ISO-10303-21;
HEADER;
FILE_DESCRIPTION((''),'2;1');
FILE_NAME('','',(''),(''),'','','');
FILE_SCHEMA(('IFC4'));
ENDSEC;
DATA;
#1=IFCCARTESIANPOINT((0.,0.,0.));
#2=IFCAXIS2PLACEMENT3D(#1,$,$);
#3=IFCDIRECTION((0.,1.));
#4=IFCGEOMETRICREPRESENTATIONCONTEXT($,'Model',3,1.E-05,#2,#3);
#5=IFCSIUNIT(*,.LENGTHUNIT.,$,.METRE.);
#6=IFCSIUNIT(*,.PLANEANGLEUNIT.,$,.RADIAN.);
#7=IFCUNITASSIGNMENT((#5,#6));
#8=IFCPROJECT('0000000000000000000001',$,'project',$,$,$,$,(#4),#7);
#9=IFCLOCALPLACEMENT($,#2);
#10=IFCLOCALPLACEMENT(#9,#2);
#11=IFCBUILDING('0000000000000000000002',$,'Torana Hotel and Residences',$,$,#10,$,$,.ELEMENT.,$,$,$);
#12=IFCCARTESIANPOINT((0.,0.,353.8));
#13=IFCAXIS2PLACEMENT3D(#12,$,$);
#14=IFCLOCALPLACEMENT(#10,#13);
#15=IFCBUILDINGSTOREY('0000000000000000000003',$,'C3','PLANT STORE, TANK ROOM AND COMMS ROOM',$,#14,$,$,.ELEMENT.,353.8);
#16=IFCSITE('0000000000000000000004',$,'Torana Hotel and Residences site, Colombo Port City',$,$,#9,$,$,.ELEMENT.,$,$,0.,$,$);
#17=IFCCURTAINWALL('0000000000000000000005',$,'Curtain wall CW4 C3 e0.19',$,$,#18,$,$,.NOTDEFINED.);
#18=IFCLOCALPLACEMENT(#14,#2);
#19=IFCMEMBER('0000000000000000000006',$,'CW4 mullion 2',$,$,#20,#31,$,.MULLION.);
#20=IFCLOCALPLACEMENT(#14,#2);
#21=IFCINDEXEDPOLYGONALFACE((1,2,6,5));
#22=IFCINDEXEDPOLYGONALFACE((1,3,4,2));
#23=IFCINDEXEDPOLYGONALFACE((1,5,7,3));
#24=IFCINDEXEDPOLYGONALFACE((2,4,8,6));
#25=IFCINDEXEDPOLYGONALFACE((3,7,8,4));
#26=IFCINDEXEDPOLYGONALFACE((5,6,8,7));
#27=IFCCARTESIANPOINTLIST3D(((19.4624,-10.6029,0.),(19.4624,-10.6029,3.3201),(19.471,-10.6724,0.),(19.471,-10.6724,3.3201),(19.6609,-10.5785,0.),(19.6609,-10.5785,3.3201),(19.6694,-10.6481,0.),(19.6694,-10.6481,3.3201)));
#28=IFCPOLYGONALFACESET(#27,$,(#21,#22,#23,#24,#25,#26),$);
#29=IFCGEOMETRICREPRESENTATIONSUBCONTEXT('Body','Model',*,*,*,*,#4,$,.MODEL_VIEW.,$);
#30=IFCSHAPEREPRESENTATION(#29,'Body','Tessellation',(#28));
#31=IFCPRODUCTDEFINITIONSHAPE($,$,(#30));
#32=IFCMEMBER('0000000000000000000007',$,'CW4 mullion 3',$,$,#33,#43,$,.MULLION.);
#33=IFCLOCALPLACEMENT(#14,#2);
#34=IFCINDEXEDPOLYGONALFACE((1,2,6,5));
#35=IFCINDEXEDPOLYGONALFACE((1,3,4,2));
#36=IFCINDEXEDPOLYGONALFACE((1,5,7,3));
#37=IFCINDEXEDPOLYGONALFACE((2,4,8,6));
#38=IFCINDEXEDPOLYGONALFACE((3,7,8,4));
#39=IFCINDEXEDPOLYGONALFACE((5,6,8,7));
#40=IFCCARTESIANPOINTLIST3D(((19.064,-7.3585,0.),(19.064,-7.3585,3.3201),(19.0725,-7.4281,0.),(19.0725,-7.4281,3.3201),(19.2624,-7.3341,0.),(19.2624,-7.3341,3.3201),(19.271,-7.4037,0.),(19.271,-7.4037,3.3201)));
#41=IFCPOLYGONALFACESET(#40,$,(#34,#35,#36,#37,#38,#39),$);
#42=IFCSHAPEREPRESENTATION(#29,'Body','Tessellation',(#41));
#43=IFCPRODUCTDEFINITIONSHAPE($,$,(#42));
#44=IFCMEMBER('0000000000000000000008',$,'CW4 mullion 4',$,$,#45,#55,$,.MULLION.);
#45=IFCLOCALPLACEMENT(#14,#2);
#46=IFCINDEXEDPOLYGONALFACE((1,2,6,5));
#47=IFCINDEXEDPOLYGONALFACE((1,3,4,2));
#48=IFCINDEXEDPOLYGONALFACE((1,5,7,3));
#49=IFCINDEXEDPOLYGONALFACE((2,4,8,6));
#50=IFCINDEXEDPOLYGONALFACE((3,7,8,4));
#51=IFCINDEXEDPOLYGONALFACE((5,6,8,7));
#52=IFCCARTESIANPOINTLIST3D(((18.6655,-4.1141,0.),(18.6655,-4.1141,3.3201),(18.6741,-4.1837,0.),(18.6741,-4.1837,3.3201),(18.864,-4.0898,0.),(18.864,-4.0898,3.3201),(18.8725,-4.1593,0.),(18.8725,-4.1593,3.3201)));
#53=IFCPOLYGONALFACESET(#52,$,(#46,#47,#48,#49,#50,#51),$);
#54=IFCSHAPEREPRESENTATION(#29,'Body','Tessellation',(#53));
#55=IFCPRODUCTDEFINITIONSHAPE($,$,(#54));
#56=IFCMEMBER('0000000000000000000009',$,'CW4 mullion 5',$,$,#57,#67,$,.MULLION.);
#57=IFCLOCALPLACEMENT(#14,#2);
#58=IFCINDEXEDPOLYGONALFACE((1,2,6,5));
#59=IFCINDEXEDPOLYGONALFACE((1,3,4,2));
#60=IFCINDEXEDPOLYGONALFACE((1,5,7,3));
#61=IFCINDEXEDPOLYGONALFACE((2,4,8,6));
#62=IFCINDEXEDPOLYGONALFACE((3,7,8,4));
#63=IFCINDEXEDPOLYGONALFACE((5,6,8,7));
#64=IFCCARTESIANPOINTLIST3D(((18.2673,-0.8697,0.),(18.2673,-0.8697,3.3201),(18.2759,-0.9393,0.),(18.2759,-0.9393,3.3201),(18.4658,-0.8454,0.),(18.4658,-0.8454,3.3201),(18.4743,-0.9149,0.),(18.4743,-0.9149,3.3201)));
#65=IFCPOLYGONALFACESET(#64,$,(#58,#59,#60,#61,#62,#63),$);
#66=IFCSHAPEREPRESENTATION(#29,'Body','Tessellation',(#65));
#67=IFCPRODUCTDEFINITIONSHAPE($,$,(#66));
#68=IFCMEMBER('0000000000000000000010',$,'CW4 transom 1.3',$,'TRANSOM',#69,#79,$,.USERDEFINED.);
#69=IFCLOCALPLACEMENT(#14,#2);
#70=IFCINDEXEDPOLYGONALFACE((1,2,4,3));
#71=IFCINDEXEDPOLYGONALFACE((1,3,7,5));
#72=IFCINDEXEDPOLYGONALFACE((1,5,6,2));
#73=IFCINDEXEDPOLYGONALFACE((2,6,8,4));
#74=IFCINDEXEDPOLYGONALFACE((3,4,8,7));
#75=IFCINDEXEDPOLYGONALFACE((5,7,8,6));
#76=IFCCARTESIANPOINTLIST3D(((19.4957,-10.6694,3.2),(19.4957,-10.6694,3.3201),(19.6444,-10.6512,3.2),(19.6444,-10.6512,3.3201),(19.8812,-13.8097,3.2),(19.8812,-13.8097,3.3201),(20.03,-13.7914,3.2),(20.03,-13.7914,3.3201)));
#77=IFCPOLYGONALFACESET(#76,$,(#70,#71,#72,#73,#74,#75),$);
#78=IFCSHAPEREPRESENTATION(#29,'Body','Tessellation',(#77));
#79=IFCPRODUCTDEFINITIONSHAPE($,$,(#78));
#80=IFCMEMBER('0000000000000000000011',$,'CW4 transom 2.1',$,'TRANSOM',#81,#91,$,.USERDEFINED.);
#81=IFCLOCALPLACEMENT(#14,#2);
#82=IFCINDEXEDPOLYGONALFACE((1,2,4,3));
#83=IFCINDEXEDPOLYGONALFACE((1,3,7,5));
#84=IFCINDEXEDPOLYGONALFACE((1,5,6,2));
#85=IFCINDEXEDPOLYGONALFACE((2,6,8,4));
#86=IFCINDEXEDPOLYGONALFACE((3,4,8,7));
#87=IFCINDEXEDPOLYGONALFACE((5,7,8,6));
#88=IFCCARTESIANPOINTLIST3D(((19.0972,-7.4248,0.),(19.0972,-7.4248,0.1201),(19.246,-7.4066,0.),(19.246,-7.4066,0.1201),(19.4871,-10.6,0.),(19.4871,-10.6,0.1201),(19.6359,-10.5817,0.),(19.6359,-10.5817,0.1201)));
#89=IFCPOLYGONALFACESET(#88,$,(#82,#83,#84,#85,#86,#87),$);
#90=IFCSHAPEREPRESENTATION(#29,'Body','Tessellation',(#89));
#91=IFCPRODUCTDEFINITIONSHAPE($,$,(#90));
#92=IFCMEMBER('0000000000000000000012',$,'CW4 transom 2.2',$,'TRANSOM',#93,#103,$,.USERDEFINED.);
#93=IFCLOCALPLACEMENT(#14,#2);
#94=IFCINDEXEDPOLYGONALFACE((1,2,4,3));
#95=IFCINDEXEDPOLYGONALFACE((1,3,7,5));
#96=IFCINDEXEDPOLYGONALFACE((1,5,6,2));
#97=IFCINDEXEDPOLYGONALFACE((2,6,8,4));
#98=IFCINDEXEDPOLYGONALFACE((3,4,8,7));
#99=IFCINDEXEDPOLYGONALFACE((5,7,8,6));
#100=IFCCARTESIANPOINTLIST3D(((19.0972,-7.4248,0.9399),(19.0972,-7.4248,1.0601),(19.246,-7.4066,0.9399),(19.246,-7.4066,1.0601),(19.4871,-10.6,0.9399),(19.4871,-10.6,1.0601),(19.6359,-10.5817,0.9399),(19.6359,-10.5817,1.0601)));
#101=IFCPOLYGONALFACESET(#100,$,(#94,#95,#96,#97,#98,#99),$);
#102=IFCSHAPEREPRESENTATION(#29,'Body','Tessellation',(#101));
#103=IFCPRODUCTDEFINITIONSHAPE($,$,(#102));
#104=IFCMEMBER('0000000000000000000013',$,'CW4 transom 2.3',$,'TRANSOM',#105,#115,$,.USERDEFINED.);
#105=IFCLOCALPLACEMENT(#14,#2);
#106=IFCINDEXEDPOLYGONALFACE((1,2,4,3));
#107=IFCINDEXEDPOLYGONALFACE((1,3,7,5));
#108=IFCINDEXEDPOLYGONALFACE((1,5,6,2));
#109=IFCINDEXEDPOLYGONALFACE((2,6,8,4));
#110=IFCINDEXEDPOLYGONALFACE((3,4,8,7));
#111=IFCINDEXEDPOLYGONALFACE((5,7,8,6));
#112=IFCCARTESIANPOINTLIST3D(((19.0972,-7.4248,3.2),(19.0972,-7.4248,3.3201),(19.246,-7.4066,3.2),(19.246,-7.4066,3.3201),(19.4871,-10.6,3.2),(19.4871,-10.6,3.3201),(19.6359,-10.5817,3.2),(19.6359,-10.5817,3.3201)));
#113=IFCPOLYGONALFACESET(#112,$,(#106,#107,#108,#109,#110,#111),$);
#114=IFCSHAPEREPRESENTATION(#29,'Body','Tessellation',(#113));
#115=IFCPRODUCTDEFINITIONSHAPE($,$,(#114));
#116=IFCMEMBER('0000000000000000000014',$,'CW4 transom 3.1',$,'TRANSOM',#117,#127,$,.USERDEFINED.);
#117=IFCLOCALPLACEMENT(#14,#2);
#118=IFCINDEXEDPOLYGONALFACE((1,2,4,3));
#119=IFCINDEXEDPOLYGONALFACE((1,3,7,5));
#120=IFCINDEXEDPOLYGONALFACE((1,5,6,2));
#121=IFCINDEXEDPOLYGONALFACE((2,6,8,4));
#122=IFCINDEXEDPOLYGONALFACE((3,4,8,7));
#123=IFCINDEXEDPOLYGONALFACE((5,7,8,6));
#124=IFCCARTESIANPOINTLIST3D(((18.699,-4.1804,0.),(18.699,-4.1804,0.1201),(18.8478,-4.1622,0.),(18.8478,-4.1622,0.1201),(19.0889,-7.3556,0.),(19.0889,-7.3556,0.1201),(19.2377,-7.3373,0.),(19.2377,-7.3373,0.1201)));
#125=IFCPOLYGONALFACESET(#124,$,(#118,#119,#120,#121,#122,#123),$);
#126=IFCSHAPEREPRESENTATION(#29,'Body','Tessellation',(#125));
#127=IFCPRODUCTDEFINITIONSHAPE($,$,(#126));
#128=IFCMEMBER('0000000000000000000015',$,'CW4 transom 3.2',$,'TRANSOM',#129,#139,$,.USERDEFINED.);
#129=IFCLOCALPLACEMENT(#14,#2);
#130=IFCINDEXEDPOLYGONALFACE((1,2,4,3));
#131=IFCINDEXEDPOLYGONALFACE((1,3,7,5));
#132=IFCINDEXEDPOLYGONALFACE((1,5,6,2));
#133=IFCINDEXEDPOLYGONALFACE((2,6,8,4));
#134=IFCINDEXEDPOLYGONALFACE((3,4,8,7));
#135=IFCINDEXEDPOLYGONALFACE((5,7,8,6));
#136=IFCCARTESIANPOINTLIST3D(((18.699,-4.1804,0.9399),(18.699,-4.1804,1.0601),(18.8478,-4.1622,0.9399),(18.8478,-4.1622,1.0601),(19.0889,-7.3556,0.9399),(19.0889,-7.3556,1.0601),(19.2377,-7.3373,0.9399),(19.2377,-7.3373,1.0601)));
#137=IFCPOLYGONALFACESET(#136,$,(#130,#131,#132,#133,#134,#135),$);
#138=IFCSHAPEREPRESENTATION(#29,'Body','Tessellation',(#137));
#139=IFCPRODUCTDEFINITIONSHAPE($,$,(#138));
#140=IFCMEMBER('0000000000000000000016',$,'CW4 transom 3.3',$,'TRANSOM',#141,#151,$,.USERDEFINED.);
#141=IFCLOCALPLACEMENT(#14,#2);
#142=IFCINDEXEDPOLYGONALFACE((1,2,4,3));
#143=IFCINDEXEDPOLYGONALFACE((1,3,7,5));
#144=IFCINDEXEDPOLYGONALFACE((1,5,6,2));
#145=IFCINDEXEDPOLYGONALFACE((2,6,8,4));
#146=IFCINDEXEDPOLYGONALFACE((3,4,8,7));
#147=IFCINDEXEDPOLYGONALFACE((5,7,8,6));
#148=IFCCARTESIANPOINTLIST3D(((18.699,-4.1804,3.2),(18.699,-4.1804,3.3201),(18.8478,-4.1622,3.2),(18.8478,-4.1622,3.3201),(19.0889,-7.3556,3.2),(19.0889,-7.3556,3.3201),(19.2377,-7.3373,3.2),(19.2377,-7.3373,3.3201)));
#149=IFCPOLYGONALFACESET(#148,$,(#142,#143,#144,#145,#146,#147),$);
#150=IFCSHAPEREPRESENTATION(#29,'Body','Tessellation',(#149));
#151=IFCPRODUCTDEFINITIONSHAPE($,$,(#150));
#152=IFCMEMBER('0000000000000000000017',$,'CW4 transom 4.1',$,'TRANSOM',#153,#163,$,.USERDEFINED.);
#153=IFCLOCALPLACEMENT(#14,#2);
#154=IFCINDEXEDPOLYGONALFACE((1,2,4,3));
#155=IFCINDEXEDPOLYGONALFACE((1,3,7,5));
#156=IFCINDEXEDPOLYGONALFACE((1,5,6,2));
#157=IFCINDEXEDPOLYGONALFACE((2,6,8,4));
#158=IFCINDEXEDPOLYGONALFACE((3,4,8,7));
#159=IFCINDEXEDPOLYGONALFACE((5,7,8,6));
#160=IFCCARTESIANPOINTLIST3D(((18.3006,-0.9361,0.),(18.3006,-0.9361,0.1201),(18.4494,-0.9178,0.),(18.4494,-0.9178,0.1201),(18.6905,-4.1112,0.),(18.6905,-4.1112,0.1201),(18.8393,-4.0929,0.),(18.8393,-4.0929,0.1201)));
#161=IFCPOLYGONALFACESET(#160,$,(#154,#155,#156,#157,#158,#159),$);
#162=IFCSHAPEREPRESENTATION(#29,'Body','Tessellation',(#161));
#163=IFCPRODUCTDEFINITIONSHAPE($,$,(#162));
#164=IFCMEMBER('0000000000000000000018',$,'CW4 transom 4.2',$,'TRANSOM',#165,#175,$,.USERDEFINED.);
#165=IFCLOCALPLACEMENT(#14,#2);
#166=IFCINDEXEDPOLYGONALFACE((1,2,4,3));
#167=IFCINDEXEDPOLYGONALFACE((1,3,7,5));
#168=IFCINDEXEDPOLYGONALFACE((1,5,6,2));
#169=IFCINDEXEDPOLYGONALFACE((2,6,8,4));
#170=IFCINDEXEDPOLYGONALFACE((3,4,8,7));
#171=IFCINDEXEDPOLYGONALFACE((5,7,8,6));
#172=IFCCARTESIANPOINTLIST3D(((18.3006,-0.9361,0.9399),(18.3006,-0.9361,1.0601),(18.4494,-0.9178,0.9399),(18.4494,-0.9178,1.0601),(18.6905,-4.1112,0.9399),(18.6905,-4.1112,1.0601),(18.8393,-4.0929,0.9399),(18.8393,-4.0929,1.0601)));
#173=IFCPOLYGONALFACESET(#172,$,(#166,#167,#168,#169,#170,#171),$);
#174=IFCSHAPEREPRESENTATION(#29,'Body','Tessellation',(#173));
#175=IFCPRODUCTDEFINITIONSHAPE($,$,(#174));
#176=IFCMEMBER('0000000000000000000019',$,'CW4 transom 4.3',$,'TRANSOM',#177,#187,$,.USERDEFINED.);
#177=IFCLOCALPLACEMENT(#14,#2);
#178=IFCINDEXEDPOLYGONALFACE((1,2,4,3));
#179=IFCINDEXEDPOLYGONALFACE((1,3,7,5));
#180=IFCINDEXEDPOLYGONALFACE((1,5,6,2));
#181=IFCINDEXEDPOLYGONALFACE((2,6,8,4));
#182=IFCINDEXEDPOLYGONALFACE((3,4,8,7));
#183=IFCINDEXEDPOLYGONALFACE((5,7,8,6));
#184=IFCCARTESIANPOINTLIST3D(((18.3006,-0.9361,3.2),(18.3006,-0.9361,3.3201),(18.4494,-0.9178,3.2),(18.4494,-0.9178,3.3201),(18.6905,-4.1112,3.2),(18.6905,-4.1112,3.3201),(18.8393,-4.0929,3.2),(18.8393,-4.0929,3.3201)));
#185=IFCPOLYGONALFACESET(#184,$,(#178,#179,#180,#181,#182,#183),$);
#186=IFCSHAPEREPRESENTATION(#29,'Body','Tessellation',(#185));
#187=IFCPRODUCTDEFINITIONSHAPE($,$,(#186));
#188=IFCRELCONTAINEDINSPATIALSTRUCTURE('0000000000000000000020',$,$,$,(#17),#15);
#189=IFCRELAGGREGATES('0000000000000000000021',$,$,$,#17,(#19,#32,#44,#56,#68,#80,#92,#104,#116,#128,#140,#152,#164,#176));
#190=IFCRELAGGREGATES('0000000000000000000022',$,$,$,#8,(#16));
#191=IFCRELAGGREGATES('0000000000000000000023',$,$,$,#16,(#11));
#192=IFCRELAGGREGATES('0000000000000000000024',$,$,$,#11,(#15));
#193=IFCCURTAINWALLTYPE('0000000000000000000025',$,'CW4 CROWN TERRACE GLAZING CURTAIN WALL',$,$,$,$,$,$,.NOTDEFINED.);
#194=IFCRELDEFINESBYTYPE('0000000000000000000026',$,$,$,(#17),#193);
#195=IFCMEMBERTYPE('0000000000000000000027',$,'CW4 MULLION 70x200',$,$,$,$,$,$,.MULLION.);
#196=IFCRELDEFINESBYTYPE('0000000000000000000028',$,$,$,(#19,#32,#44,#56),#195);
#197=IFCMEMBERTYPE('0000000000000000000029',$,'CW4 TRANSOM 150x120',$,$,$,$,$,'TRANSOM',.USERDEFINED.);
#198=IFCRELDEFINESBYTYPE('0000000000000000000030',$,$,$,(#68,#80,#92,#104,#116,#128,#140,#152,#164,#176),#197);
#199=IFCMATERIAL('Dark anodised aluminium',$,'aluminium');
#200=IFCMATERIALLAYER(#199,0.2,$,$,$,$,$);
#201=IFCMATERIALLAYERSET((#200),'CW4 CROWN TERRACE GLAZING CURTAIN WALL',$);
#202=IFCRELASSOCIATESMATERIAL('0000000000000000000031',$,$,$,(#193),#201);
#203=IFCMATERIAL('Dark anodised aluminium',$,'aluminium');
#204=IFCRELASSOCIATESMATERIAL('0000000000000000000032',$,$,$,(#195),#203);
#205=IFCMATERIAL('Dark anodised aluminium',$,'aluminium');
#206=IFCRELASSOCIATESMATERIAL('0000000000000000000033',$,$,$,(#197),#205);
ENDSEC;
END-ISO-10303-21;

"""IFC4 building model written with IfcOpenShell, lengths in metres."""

from ifc_helpers import new_model, si_unit, direction, frame, origin, origin_2d, place, context, subcontext, project, spatial, rectangle, extrude, material, layer, layer_set, material_profile, profile_set, type_object, element, aggregate, save


model = new_model("IFC4")

# Units and contexts
model_context = context("Model", 3, precision=1e-05, world=origin(), true_north=direction((0.0, 1.0)))
body_context = subcontext(model_context, "Body", "Model", "MODEL_VIEW")
ifc_project = project(units=[si_unit("LENGTHUNIT", "METRE"), si_unit("PLANEANGLEUNIT", "RADIAN")], contexts=[model_context])

# Site, building, storey
site_placement = place(None, origin())
site = spatial("IfcSite", under=ifc_project, at=site_placement, Name="Torana Hotel and Residences site, Colombo Port City", CompositionType="ELEMENT", RefElevation=0.0)
building_placement = place(site_placement, origin())
building = spatial("IfcBuilding", under=site, at=building_placement, Name="Torana Hotel and Residences", CompositionType="ELEMENT")
storey_placement = place(building_placement, frame((0.0, 0.0, 353.8)))
storey = spatial("IfcBuildingStorey", under=building, at=storey_placement, Name="C3", Description="PLANT STORE, TANK ROOM AND COMMS ROOM", CompositionType="ELEMENT", Elevation=353.8)

# Curtain wall, members
ifc_material_1 = material(Name="Dark anodised aluminium", Category="aluminium")
ifc_layer_1 = layer(ifc_material_1, 0.2)
ifc_layer_set_1 = layer_set([ifc_layer_1], Name="CW4 CROWN TERRACE GLAZING CURTAIN WALL")
curtain_wall_type = type_object("IfcCurtainWallType", Name="CW4 CROWN TERRACE GLAZING CURTAIN WALL", PredefinedType="NOTDEFINED", material=ifc_layer_set_1)
curtain_wall_placement = place(storey_placement, origin())
curtain_wall = element("IfcCurtainWall", 1, at=curtain_wall_placement, inside=storey, type_object=curtain_wall_type, Name="Curtain wall CW4 C3 e0.19", PredefinedType="NOTDEFINED")
ifc_material_2 = material(Name="Dark anodised aluminium", Category="aluminium")
ifc_material_profile_1 = material_profile(ifc_material_2, rectangle(XDim=0.2, YDim=0.0701, at=origin_2d()), Name="CW4 MULLION 70x200")
ifc_profile_set_1 = profile_set([ifc_material_profile_1], Name="Dark anodised aluminium")
member_type_1 = type_object("IfcMemberType", Name="CW4 MULLION 70x200", PredefinedType="MULLION", material=ifc_profile_set_1)
member_1_placement = place(storey_placement, frame((19.5659, -10.6255, 0.0), z_axis=(0.0, 0.0, 1.0), x_axis=(-0.992546, -0.121867, 0.0)))
member_1 = element("IfcMember", 2, at=member_1_placement, type_object=member_type_1, Name="CW4 mullion 2", PredefinedType="MULLION", context=body_context, shape_type="SweptSolid", body=[
    extrude(rectangle(XDim=0.2, YDim=0.0701, at=origin_2d()), origin(), (0.0, 0.0, 1.0), 3.3201),
])
member_2_placement = place(storey_placement, frame((19.1675, -7.3811, 0.0), z_axis=(0.0, 0.0, 1.0), x_axis=(-0.992546, -0.121867, 0.0)))
member_2 = element("IfcMember", 3, at=member_2_placement, type_object=member_type_1, Name="CW4 mullion 3", PredefinedType="MULLION", context=body_context, shape_type="SweptSolid", body=[
    extrude(rectangle(XDim=0.2, YDim=0.0701, at=origin_2d()), origin(), (0.0, 0.0, 1.0), 3.3201),
])
member_3_placement = place(storey_placement, frame((18.769, -4.1367, 0.0), z_axis=(0.0, 0.0, 1.0), x_axis=(-0.992546, -0.121867, 0.0)))
member_3 = element("IfcMember", 4, at=member_3_placement, type_object=member_type_1, Name="CW4 mullion 4", PredefinedType="MULLION", context=body_context, shape_type="SweptSolid", body=[
    extrude(rectangle(XDim=0.2, YDim=0.0701, at=origin_2d()), origin(), (0.0, 0.0, 1.0), 3.3201),
])
member_4_placement = place(storey_placement, frame((18.3708, -0.8923, 0.0), z_axis=(0.0, 0.0, 1.0), x_axis=(-0.992546, -0.121867, 0.0)))
member_4 = element("IfcMember", 5, at=member_4_placement, type_object=member_type_1, Name="CW4 mullion 5", PredefinedType="MULLION", context=body_context, shape_type="SweptSolid", body=[
    extrude(rectangle(XDim=0.2, YDim=0.0701, at=origin_2d()), origin(), (0.0, 0.0, 1.0), 3.3201),
])
ifc_material_3 = material(Name="Dark anodised aluminium", Category="aluminium")
ifc_material_profile_2 = material_profile(ifc_material_3, rectangle(XDim=0.1499, YDim=0.1201, at=origin_2d()), Name="CW4 TRANSOM 150x120")
ifc_profile_set_2 = profile_set([ifc_material_profile_2], Name="Dark anodised aluminium")
member_type_2 = type_object("IfcMemberType", Name="CW4 TRANSOM 150x120", ElementType="TRANSOM", PredefinedType="USERDEFINED", material=ifc_profile_set_2)
member_5_placement = place(storey_placement, frame((19.9556, -13.8005, 3.26), z_axis=(-0.12185, 0.992549, 0.0), x_axis=(-0.992549, -0.12185, 0.0)))
member_5 = element("IfcMember", 6, at=member_5_placement, type_object=member_type_2, Name="CW4 transom 1.3", ObjectType="TRANSOM", PredefinedType="USERDEFINED", context=body_context, shape_type="SweptSolid", body=[
    extrude(rectangle(XDim=0.1499, YDim=0.1201, at=origin_2d()), origin(), (0.0, 0.0, 1.0), 3.1638),
])
member_6_placement = place(storey_placement, frame((19.5615, -10.5908, 0.0601), z_axis=(-0.121883, 0.992544, 0.0), x_axis=(-0.992544, -0.121883, 0.0)))
member_6 = element("IfcMember", 7, at=member_6_placement, type_object=member_type_2, Name="CW4 transom 2.1", ObjectType="TRANSOM", PredefinedType="USERDEFINED", context=body_context, shape_type="SweptSolid", body=[
    extrude(rectangle(XDim=0.1499, YDim=0.1201, at=origin_2d()), origin(), (0.0, 0.0, 1.0), 3.199),
])
member_7_placement = place(storey_placement, frame((19.5615, -10.5908, 1.0), z_axis=(-0.121883, 0.992544, 0.0), x_axis=(-0.992544, -0.121883, 0.0)))
member_7 = element("IfcMember", 8, at=member_7_placement, type_object=member_type_2, Name="CW4 transom 2.2", ObjectType="TRANSOM", PredefinedType="USERDEFINED", context=body_context, shape_type="SweptSolid", body=[
    extrude(rectangle(XDim=0.1499, YDim=0.1201, at=origin_2d()), origin(), (0.0, 0.0, 1.0), 3.199),
])
member_8_placement = place(storey_placement, frame((19.5615, -10.5908, 3.26), z_axis=(-0.121883, 0.992544, 0.0), x_axis=(-0.992544, -0.121883, 0.0)))
member_8 = element("IfcMember", 9, at=member_8_placement, type_object=member_type_2, Name="CW4 transom 2.3", ObjectType="TRANSOM", PredefinedType="USERDEFINED", context=body_context, shape_type="SweptSolid", body=[
    extrude(rectangle(XDim=0.1499, YDim=0.1201, at=origin_2d()), origin(), (0.0, 0.0, 1.0), 3.199),
])
member_9_placement = place(storey_placement, frame((19.1633, -7.3464, 0.0601), z_axis=(-0.121883, 0.992544, 0.0), x_axis=(-0.992544, -0.121883, 0.0)))
member_9 = element("IfcMember", 10, at=member_9_placement, type_object=member_type_2, Name="CW4 transom 3.1", ObjectType="TRANSOM", PredefinedType="USERDEFINED", context=body_context, shape_type="SweptSolid", body=[
    extrude(rectangle(XDim=0.1499, YDim=0.1201, at=origin_2d()), origin(), (0.0, 0.0, 1.0), 3.199),
])
member_10_placement = place(storey_placement, frame((19.1633, -7.3464, 1.0), z_axis=(-0.121883, 0.992544, 0.0), x_axis=(-0.992544, -0.121883, 0.0)))
member_10 = element("IfcMember", 11, at=member_10_placement, type_object=member_type_2, Name="CW4 transom 3.2", ObjectType="TRANSOM", PredefinedType="USERDEFINED", context=body_context, shape_type="SweptSolid", body=[
    extrude(rectangle(XDim=0.1499, YDim=0.1201, at=origin_2d()), origin(), (0.0, 0.0, 1.0), 3.199),
])
member_11_placement = place(storey_placement, frame((19.1633, -7.3464, 3.26), z_axis=(-0.121883, 0.992544, 0.0), x_axis=(-0.992544, -0.121883, 0.0)))
member_11 = element("IfcMember", 12, at=member_11_placement, type_object=member_type_2, Name="CW4 transom 3.3", ObjectType="TRANSOM", PredefinedType="USERDEFINED", context=body_context, shape_type="SweptSolid", body=[
    extrude(rectangle(XDim=0.1499, YDim=0.1201, at=origin_2d()), origin(), (0.0, 0.0, 1.0), 3.199),
])
member_12_placement = place(storey_placement, frame((18.7649, -4.1021, 0.0601), z_axis=(-0.121883, 0.992544, 0.0), x_axis=(-0.992544, -0.121883, 0.0)))
member_12 = element("IfcMember", 13, at=member_12_placement, type_object=member_type_2, Name="CW4 transom 4.1", ObjectType="TRANSOM", PredefinedType="USERDEFINED", context=body_context, shape_type="SweptSolid", body=[
    extrude(rectangle(XDim=0.1499, YDim=0.1201, at=origin_2d()), origin(), (0.0, 0.0, 1.0), 3.199),
])
member_13_placement = place(storey_placement, frame((18.7649, -4.1021, 1.0), z_axis=(-0.121883, 0.992544, 0.0), x_axis=(-0.992544, -0.121883, 0.0)))
member_13 = element("IfcMember", 14, at=member_13_placement, type_object=member_type_2, Name="CW4 transom 4.2", ObjectType="TRANSOM", PredefinedType="USERDEFINED", context=body_context, shape_type="SweptSolid", body=[
    extrude(rectangle(XDim=0.1499, YDim=0.1201, at=origin_2d()), origin(), (0.0, 0.0, 1.0), 3.199),
])
member_14_placement = place(storey_placement, frame((18.7649, -4.1021, 3.26), z_axis=(-0.121883, 0.992544, 0.0), x_axis=(-0.992544, -0.121883, 0.0)))
member_14 = element("IfcMember", 15, at=member_14_placement, type_object=member_type_2, Name="CW4 transom 4.3", ObjectType="TRANSOM", PredefinedType="USERDEFINED", context=body_context, shape_type="SweptSolid", body=[
    extrude(rectangle(XDim=0.1499, YDim=0.1201, at=origin_2d()), origin(), (0.0, 0.0, 1.0), 3.199),
])
aggregate(curtain_wall, [member_1, member_2, member_3, member_4, member_5, member_6, member_7, member_8, member_9, member_10, member_11, member_12, member_13, member_14])

save(model, "model.ifc")
